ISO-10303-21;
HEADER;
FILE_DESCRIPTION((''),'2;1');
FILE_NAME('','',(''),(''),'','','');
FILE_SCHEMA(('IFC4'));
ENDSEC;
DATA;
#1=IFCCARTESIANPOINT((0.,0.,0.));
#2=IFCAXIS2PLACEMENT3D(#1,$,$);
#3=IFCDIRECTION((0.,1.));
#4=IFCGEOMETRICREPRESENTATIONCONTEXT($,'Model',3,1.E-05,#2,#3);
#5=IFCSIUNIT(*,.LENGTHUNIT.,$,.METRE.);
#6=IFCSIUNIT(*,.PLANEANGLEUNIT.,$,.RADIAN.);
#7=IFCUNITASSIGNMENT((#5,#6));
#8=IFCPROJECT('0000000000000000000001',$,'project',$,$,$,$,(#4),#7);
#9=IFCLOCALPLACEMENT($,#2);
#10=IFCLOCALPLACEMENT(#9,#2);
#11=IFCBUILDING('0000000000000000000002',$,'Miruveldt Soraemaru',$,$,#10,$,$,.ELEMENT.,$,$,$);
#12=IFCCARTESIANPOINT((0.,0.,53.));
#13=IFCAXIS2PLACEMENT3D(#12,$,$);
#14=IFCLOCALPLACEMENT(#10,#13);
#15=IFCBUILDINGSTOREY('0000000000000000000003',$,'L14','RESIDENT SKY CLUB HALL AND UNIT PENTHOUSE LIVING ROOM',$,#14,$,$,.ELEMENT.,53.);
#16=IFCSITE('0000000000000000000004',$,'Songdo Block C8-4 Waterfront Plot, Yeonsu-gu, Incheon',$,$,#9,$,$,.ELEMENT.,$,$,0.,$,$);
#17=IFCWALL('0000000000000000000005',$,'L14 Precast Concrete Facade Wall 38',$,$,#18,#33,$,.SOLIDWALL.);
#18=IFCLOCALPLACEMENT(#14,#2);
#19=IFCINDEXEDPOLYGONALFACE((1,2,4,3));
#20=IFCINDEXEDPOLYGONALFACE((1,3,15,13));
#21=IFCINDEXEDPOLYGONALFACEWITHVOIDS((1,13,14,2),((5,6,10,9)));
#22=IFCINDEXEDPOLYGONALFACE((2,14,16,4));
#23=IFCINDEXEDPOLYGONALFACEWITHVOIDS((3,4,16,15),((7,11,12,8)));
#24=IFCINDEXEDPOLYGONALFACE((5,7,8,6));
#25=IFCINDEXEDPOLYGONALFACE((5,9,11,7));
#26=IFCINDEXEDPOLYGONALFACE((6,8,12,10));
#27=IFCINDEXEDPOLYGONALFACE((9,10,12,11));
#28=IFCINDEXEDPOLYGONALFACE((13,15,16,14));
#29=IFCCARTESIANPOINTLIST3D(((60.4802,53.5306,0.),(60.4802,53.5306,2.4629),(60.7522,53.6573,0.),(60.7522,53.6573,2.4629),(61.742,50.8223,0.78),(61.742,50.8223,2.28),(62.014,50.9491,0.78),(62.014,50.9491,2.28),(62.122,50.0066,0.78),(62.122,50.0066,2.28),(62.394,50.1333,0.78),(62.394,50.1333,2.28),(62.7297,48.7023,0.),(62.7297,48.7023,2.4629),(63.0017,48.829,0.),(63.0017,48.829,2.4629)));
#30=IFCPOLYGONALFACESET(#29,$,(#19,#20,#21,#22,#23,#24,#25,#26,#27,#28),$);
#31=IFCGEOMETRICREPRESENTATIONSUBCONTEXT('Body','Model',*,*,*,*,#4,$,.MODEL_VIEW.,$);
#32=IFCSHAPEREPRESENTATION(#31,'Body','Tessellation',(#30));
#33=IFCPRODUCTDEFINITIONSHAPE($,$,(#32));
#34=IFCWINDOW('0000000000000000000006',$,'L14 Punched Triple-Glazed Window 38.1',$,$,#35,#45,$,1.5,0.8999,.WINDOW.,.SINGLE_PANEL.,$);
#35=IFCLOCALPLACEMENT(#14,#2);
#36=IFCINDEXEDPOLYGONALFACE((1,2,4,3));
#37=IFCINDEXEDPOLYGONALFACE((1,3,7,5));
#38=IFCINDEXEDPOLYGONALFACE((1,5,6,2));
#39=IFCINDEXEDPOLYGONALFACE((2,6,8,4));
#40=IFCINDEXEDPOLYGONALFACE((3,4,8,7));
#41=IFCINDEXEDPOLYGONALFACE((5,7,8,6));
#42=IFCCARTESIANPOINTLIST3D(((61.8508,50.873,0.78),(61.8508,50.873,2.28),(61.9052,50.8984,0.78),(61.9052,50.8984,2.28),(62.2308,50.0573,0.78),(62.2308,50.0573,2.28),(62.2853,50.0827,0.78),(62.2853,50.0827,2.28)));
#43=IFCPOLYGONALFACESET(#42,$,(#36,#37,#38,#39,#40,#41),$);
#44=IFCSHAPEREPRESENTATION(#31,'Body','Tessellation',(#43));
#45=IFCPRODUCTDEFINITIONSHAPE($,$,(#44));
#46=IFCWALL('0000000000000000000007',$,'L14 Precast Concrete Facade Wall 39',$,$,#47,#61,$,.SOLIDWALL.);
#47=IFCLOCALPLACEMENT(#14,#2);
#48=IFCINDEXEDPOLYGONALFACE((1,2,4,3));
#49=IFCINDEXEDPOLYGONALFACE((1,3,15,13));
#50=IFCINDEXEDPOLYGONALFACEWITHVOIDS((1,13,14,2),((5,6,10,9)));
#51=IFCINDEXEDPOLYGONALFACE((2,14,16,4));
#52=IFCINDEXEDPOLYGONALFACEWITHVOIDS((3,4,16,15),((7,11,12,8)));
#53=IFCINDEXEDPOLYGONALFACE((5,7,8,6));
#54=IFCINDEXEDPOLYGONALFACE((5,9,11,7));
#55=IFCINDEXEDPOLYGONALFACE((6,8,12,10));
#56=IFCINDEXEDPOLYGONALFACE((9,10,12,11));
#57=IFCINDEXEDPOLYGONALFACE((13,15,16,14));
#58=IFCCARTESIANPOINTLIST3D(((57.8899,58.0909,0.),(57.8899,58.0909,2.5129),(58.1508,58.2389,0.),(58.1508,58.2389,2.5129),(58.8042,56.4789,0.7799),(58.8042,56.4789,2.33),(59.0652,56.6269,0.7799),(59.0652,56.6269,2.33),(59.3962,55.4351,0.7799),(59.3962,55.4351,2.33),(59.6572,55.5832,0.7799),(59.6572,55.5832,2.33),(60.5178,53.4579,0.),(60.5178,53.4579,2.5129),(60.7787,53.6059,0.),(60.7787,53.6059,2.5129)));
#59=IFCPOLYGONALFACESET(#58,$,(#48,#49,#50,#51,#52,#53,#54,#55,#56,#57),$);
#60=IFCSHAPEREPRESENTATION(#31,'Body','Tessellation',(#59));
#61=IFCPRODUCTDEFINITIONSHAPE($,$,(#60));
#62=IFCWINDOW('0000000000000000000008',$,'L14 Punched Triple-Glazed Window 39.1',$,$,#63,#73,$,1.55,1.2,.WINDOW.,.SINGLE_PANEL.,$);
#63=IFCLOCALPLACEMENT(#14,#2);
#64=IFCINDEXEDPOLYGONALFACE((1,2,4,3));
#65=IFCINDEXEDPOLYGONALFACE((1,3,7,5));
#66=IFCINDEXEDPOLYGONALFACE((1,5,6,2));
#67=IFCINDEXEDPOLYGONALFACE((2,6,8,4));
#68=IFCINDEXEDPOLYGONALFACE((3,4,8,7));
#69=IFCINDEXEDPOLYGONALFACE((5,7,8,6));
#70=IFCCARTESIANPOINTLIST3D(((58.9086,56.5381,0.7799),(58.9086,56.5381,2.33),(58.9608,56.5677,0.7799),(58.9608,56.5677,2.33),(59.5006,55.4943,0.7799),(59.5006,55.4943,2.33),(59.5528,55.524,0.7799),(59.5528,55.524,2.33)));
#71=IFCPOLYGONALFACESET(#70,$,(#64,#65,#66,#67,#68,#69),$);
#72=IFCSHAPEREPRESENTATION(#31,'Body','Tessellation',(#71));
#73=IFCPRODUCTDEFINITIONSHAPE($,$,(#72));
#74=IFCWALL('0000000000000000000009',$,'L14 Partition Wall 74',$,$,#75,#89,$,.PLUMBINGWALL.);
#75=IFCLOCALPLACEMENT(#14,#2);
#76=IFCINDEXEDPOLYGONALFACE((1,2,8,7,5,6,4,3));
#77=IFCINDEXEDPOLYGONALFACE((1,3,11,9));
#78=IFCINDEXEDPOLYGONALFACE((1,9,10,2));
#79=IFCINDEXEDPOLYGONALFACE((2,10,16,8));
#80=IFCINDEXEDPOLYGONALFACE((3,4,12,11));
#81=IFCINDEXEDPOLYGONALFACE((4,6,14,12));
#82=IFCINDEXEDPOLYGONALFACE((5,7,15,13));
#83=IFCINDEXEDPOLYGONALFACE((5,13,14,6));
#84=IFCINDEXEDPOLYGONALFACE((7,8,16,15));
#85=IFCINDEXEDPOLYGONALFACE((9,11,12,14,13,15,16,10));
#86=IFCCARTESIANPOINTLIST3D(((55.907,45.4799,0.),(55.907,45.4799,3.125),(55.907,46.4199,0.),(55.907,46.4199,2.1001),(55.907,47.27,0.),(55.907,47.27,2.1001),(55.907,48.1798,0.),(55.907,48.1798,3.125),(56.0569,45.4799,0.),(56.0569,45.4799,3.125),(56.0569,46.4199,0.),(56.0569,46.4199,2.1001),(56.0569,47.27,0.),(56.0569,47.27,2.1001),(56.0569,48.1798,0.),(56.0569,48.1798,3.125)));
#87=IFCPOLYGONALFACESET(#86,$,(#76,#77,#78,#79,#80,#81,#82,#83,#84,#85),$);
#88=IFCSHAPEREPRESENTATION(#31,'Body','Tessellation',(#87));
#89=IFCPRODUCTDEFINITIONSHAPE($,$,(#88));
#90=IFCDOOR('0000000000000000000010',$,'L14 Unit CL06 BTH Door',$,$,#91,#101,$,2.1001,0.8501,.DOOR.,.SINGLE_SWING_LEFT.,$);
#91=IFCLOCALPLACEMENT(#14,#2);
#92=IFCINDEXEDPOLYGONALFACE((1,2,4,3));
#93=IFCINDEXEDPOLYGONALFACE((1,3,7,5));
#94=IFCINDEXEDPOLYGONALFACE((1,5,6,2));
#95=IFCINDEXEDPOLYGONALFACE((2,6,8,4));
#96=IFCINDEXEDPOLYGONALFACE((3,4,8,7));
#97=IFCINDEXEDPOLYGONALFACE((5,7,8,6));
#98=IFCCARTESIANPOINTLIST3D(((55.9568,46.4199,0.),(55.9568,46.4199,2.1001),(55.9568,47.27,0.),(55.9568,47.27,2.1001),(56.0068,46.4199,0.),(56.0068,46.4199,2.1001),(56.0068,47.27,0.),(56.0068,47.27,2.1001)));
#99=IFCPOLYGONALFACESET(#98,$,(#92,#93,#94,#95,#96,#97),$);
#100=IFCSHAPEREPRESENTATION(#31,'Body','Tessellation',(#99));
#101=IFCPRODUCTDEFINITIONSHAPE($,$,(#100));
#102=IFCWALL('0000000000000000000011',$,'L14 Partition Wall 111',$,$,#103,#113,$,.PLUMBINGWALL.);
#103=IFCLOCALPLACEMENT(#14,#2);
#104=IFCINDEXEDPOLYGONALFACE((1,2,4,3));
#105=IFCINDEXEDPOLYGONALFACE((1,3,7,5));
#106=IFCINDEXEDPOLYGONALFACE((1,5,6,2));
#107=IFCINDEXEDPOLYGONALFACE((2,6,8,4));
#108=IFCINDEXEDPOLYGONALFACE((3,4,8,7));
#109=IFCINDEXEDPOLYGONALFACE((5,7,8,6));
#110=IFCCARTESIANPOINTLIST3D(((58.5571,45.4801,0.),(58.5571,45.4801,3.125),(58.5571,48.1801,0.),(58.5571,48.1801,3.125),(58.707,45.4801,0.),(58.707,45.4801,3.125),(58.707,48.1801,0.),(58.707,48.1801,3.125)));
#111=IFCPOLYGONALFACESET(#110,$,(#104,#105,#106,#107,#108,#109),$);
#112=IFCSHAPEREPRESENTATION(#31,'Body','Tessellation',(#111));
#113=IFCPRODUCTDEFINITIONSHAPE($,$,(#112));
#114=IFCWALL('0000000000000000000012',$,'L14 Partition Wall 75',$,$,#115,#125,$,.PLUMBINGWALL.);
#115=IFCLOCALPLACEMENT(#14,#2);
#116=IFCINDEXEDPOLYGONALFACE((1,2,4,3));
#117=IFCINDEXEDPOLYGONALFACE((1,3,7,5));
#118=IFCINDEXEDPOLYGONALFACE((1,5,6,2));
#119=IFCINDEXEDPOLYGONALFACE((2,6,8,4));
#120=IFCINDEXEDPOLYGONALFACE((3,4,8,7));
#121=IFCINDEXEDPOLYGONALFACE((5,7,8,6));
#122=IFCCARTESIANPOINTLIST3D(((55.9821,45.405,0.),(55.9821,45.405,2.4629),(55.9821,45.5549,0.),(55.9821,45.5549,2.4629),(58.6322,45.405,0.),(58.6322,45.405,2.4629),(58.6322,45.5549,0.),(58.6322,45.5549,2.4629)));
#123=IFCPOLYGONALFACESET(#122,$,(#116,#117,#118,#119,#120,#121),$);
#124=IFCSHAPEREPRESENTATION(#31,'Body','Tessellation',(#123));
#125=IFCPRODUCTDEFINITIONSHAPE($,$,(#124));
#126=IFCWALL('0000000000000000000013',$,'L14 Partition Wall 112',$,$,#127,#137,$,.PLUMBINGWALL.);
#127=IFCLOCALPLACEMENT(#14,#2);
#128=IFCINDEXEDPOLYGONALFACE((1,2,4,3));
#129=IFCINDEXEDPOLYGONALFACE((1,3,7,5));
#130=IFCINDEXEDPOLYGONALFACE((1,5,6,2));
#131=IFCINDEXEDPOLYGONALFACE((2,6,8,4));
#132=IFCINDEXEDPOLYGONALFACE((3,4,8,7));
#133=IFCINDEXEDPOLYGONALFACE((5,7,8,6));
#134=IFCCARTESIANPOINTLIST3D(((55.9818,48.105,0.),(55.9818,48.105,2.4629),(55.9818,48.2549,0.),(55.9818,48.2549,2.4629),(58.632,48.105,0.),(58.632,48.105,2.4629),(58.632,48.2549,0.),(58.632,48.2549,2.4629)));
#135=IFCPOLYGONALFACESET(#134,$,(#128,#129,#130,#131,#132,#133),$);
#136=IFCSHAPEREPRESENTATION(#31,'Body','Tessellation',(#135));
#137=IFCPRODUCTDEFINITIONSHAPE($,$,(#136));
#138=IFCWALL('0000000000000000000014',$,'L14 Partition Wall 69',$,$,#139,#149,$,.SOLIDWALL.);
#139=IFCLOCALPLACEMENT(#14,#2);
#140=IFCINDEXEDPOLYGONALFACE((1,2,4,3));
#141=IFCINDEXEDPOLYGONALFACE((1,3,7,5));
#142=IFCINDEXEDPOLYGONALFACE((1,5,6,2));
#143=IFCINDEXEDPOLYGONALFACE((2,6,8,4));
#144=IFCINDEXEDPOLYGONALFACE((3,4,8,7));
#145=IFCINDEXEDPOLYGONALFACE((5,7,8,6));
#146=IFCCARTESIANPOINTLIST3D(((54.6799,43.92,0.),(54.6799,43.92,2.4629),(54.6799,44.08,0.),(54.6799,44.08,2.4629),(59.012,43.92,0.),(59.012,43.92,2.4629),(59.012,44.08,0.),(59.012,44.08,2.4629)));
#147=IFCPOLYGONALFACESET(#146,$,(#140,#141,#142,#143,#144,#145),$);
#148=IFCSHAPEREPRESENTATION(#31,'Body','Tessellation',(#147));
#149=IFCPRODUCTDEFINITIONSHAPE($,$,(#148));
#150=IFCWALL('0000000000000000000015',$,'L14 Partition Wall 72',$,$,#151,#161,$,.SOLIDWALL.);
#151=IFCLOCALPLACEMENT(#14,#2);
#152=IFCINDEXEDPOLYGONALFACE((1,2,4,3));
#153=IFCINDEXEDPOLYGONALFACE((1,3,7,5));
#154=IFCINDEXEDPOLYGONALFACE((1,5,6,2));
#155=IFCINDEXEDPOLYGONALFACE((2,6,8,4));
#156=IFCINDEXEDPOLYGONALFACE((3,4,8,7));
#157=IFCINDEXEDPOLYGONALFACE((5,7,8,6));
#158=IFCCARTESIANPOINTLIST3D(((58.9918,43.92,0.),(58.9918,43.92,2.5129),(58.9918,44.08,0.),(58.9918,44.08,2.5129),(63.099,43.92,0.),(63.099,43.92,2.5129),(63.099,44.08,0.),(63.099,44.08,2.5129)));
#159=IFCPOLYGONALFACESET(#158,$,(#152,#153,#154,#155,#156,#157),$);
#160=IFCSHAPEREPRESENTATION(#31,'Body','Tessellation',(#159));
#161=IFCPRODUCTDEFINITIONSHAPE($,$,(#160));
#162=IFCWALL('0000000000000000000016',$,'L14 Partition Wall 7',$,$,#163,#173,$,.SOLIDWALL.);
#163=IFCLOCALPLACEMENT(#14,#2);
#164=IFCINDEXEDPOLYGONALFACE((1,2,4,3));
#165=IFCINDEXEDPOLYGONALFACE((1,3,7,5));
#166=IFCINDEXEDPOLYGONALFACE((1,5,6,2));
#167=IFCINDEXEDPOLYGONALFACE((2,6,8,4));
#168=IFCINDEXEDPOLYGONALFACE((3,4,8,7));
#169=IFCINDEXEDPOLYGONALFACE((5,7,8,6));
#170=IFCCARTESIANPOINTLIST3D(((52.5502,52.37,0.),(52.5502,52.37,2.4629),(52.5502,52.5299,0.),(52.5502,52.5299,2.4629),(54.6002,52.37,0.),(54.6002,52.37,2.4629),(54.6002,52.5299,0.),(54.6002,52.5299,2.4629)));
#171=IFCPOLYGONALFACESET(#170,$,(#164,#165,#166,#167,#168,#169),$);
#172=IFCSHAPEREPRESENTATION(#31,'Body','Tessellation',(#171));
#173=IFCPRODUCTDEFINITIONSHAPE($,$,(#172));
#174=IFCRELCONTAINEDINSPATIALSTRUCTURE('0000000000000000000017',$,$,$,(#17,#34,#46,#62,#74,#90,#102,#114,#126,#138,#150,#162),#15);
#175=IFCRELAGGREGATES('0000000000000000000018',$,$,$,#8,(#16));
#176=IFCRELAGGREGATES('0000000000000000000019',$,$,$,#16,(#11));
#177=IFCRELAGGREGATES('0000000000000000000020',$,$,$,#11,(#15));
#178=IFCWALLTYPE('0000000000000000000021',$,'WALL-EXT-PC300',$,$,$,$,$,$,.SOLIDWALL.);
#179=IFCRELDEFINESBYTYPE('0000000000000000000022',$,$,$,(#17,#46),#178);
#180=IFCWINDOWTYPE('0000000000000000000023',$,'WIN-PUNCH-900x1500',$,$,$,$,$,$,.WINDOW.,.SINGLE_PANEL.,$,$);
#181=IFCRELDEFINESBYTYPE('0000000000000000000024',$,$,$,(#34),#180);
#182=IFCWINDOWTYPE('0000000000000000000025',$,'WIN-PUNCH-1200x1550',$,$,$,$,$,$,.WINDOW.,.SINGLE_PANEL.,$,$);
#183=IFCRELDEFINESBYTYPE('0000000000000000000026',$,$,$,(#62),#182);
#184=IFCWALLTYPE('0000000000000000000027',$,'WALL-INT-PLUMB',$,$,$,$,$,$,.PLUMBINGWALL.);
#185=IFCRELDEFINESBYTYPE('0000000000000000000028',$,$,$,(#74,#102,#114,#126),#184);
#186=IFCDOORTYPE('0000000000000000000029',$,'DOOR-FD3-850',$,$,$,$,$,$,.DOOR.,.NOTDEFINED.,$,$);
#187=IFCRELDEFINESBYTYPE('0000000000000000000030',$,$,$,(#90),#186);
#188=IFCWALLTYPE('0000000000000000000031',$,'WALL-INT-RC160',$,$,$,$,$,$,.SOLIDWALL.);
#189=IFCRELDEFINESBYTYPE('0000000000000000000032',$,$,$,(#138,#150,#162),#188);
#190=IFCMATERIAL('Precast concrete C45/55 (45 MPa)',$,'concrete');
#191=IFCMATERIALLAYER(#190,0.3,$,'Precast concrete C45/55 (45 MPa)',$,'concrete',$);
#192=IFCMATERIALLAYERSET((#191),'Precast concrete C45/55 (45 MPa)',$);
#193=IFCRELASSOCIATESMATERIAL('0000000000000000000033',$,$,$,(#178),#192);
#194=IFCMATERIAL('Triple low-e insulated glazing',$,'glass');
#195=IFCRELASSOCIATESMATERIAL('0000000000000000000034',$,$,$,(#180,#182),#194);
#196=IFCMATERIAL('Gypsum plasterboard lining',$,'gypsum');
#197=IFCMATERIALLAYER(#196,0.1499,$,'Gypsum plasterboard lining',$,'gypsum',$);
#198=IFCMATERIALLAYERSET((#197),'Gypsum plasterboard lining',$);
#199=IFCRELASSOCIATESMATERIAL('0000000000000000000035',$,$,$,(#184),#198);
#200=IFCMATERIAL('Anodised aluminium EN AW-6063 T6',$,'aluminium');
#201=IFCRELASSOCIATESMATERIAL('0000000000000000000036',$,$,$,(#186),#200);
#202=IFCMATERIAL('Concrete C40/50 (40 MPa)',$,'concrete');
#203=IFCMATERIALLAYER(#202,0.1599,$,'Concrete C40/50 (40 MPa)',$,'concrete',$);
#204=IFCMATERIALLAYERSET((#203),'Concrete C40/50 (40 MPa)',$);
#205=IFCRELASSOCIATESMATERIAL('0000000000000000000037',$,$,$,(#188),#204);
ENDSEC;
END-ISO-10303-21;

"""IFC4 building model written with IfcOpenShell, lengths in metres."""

from ifc_helpers import new_model, si_unit, direction, frame, frame_2d, origin, place, context, subcontext, project, spatial, rectangle, extrude, material, layer, layer_set, type_object, element, fill, save


model = new_model("IFC4")

# Units and contexts
model_context = context("Model", 3, precision=1e-05, world=origin(), true_north=direction((0.0, 1.0)))
body_context = subcontext(model_context, "Body", "Model", "MODEL_VIEW")
ifc_project = project(units=[si_unit("LENGTHUNIT", "METRE"), si_unit("PLANEANGLEUNIT", "RADIAN")], contexts=[model_context])

# Site, building, storey
site_placement = place(None, origin())
site = spatial("IfcSite", under=ifc_project, at=site_placement, Name="Songdo Block C8-4 Waterfront Plot, Yeonsu-gu, Incheon", CompositionType="ELEMENT", RefElevation=0.0)
building_placement = place(site_placement, origin())
building = spatial("IfcBuilding", under=site, at=building_placement, Name="Miruveldt Soraemaru", CompositionType="ELEMENT")
storey_placement = place(building_placement, frame((0.0, 0.0, 53.0)))
storey = spatial("IfcBuildingStorey", under=building, at=storey_placement, Name="L14", Description="RESIDENT SKY CLUB HALL AND UNIT PENTHOUSE LIVING ROOM", CompositionType="ELEMENT", Elevation=53.0)

# Shared definitions
ifc_material_1 = material(Name="Triple low-e insulated glazing", Category="glass")

# Shared definitions
ifc_material_2 = material(Name="Precast concrete C45/55 (45 MPa)", Category="concrete")
ifc_layer_1 = layer(ifc_material_2, 0.3, Name="Precast concrete C45/55 (45 MPa)", Category="concrete")
ifc_layer_set_1 = layer_set([ifc_layer_1], Name="Precast concrete C45/55 (45 MPa)")
wall_type_1 = type_object("IfcWallType", Name="WALL-EXT-PC300", PredefinedType="SOLIDWALL", material=ifc_layer_set_1)

# Walls, openings, windows
window_type_1 = type_object("IfcWindowType", Name="WIN-PUNCH-900x1500", PartitioningType="SINGLE_PANEL", PredefinedType="WINDOW", material=ifc_material_1)
wall_1_placement = place(storey_placement, frame((62.8657, 48.7656, 0.0), z_axis=(0.0, 0.0, 1.0), x_axis=(-0.422311, 0.906451, 0.0)))
wall_1 = element("IfcWall", 1, at=wall_1_placement, inside=storey, type_object=wall_type_1, Name="L14 Precast Concrete Facade Wall 38", PredefinedType="SOLIDWALL", context=body_context, shape_type="SweptSolid", body=[
    extrude(rectangle(XDim=5.3267, YDim=0.3, at=frame_2d((2.6633, 0.0))), origin(), (0.0, 0.0, 1.0), 2.4629),
])
opening_1_placement = place(wall_1_placement, frame((1.439, 0.0, 0.78)))
opening_1 = element("IfcOpeningElement", 2, at=opening_1_placement, cuts=wall_1, PredefinedType="OPENING", context=body_context, shape_type="SweptSolid", body=[
    extrude(rectangle(XDim=0.8999, YDim=1.5, at=frame_2d((0.45, 0.75))), frame((0.0, 0.1602, 0.0), z_axis=(0.0, -1.0, 0.0), x_axis=(1.0, 0.0, 0.0)), (0.0, 0.0, 1.0), 0.3201),
])
window_1_placement = place(opening_1_placement, origin())
window_1 = element("IfcWindow", 3, at=window_1_placement, inside=storey, type_object=window_type_1, Name="L14 Punched Triple-Glazed Window 38.1", OverallHeight=1.5, OverallWidth=0.8999, PartitioningType="SINGLE_PANEL", PredefinedType="WINDOW", context=body_context, shape_type="SweptSolid", body=[
    extrude(rectangle(XDim=0.8999, YDim=1.5, at=frame_2d((0.45, 0.75))), frame((0.0, 0.03, 0.0), z_axis=(0.0, -1.0, 0.0), x_axis=(1.0, 0.0, 0.0)), (0.0, 0.0, 1.0), 0.0601),
])
fill(opening_1, window_1)
wall_2_placement = place(storey_placement, frame((60.6482, 53.532, 0.0), z_axis=(0.0, 0.0, 1.0), x_axis=(-0.493372, 0.869818, 0.0)))
wall_2 = element("IfcWall", 4, at=wall_2_placement, inside=storey, type_object=wall_type_1, Name="L14 Precast Concrete Facade Wall 39", PredefinedType="SOLIDWALL", context=body_context, shape_type="SweptSolid", body=[
    extrude(rectangle(XDim=5.3264, YDim=0.3, at=frame_2d((2.6631, 0.0))), origin(), (0.0, 0.0, 1.0), 2.5129),
])
opening_2_placement = place(wall_2_placement, frame((2.2729, 0.0, 0.78)))
opening_2 = element("IfcOpeningElement", 5, at=opening_2_placement, cuts=wall_2, PredefinedType="OPENING", context=body_context, shape_type="SweptSolid", body=[
    extrude(rectangle(XDim=1.2, YDim=1.55, at=frame_2d((0.6001, 0.7749))), frame((0.0, 0.1602, 0.0), z_axis=(0.0, -1.0, 0.0), x_axis=(1.0, 0.0, 0.0)), (0.0, 0.0, 1.0), 0.3201),
])
window_type_2 = type_object("IfcWindowType", Name="WIN-PUNCH-1200x1550", PartitioningType="SINGLE_PANEL", PredefinedType="WINDOW", material=ifc_material_1)
window_2_placement = place(opening_2_placement, origin())
window_2 = element("IfcWindow", 6, at=window_2_placement, inside=storey, type_object=window_type_2, Name="L14 Punched Triple-Glazed Window 39.1", OverallHeight=1.55, OverallWidth=1.2, PartitioningType="SINGLE_PANEL", PredefinedType="WINDOW", context=body_context, shape_type="SweptSolid", body=[
    extrude(rectangle(XDim=1.2, YDim=1.55, at=frame_2d((0.6001, 0.7749))), frame((0.0, 0.03, 0.0), z_axis=(0.0, -1.0, 0.0), x_axis=(1.0, 0.0, 0.0)), (0.0, 0.0, 1.0), 0.0601),
])
fill(opening_2, window_2)

# Wall, opening, door
ifc_material_3 = material(Name="Gypsum plasterboard lining", Category="gypsum")
ifc_layer_2 = layer(ifc_material_3, 0.1499, Name="Gypsum plasterboard lining", Category="gypsum")
ifc_layer_set_2 = layer_set([ifc_layer_2], Name="Gypsum plasterboard lining")
wall_type_2 = type_object("IfcWallType", Name="WALL-INT-PLUMB", PredefinedType="PLUMBINGWALL", material=ifc_layer_set_2)
wall_3_placement = place(storey_placement, frame((55.9819, 48.1799, 0.0), z_axis=(0.0, 0.0, 1.0), x_axis=(0.0, -1.0, 0.0)))
wall_3 = element("IfcWall", 7, at=wall_3_placement, inside=storey, type_object=wall_type_2, Name="L14 Partition Wall 74", PredefinedType="PLUMBINGWALL", context=body_context, shape_type="SweptSolid", body=[
    extrude(rectangle(XDim=2.7, YDim=0.1499, at=frame_2d((1.3501, 0.0))), origin(), (0.0, 0.0, 1.0), 3.125),
])
opening_3_placement = place(wall_3_placement, frame((0.9099, 0.0, 0.0)))
opening_3 = element("IfcOpeningElement", 8, at=opening_3_placement, cuts=wall_3, PredefinedType="OPENING", context=body_context, shape_type="SweptSolid", body=[
    extrude(rectangle(XDim=0.8501, YDim=2.1001, at=frame_2d((0.425, 1.05))), frame((0.0, 0.085, 0.0), z_axis=(0.0, -1.0, 0.0), x_axis=(1.0, 0.0, 0.0)), (0.0, 0.0, 1.0), 0.1699),
])
ifc_material_4 = material(Name="Anodised aluminium EN AW-6063 T6", Category="aluminium")
door_type = type_object("IfcDoorType", Name="DOOR-FD3-850", OperationType="NOTDEFINED", PredefinedType="DOOR", material=ifc_material_4)
door_placement = place(opening_3_placement, origin())
door = element("IfcDoor", 9, at=door_placement, inside=storey, type_object=door_type, Name="L14 Unit CL06 BTH Door", OperationType="SINGLE_SWING_LEFT", OverallHeight=2.1001, OverallWidth=0.8501, PredefinedType="DOOR", context=body_context, shape_type="SweptSolid", body=[
    extrude(rectangle(XDim=0.8501, YDim=2.1001, at=frame_2d((0.425, 1.05))), frame((0.0, 0.0249, 0.0), z_axis=(0.0, -1.0, 0.0), x_axis=(1.0, 0.0, 0.0)), (0.0, 0.0, 1.0), 0.05),
])
fill(opening_3, door)

# Walls
wall_4_placement = place(storey_placement, frame((58.6321, 45.48, 0.0), z_axis=(0.0, 0.0, 1.0), x_axis=(0.0, 1.0, 0.0)))
element("IfcWall", 10, at=wall_4_placement, inside=storey, type_object=wall_type_2, Name="L14 Partition Wall 111", PredefinedType="PLUMBINGWALL", context=body_context, shape_type="SweptSolid", body=[
    extrude(rectangle(XDim=2.7, YDim=0.1499, at=frame_2d((1.3501, 0.0))), origin(), (0.0, 0.0, 1.0), 3.125),
])
for number, where, z_axis, x_axis, name in (
    (11, (55.9819, 45.48, 0.0), (0.0, 0.0, 1.0), (1.0, 0.0, 0.0), "L14 Partition Wall 75"),
    (12, (58.6321, 48.1799, 0.0), (0.0, 0.0, 1.0), (-1.0, 0.0, 0.0), "L14 Partition Wall 112"),
):
    element("IfcWall", number, at=place(storey_placement, frame(where, z_axis=z_axis, x_axis=x_axis)), inside=storey, type_object=wall_type_2, Name=name, PredefinedType="PLUMBINGWALL", context=body_context, shape_type="SweptSolid", body=[
        extrude(rectangle(XDim=2.6501, YDim=0.1499, at=frame_2d((1.3252, 0.0))), origin(), (0.0, 0.0, 1.0), 2.4629),
    ])
ifc_material_5 = material(Name="Concrete C40/50 (40 MPa)", Category="concrete")
ifc_layer_3 = layer(ifc_material_5, 0.1599, Name="Concrete C40/50 (40 MPa)", Category="concrete")
ifc_layer_set_3 = layer_set([ifc_layer_3], Name="Concrete C40/50 (40 MPa)")
wall_type_3 = type_object("IfcWallType", Name="WALL-INT-RC160", PredefinedType="SOLIDWALL", material=ifc_layer_set_3)
wall_5_placement = place(storey_placement, frame((59.012, 44.0, 0.0), z_axis=(0.0, 0.0, 1.0), x_axis=(-1.0, 0.0, 0.0)))
element("IfcWall", 13, at=wall_5_placement, inside=storey, type_object=wall_type_3, Name="L14 Partition Wall 69", PredefinedType="SOLIDWALL", context=body_context, shape_type="SweptSolid", body=[
    extrude(rectangle(XDim=4.332, YDim=0.1599, at=frame_2d((2.166, 0.0))), origin(), (0.0, 0.0, 1.0), 2.4629),
])
wall_6_placement = place(storey_placement, frame((63.0991, 44.0, 0.0), z_axis=(0.0, 0.0, 1.0), x_axis=(-1.0, 0.0, 0.0)))
element("IfcWall", 14, at=wall_6_placement, inside=storey, type_object=wall_type_3, Name="L14 Partition Wall 72", PredefinedType="SOLIDWALL", context=body_context, shape_type="SweptSolid", body=[
    extrude(rectangle(XDim=4.1072, YDim=0.1599, at=frame_2d((2.0537, 0.0))), origin(), (0.0, 0.0, 1.0), 2.5129),
])
wall_7_placement = place(storey_placement, frame((54.6001, 52.45, 0.0), z_axis=(0.0, 0.0, 1.0), x_axis=(-1.0, 0.0, 0.0)))
element("IfcWall", 15, at=wall_7_placement, inside=storey, type_object=wall_type_3, Name="L14 Partition Wall 7", PredefinedType="SOLIDWALL", context=body_context, shape_type="SweptSolid", body=[
    extrude(rectangle(XDim=2.05, YDim=0.1599, at=frame_2d((1.0249, 0.0))), origin(), (0.0, 0.0, 1.0), 2.4629),
])

save(model, "model.ifc")
